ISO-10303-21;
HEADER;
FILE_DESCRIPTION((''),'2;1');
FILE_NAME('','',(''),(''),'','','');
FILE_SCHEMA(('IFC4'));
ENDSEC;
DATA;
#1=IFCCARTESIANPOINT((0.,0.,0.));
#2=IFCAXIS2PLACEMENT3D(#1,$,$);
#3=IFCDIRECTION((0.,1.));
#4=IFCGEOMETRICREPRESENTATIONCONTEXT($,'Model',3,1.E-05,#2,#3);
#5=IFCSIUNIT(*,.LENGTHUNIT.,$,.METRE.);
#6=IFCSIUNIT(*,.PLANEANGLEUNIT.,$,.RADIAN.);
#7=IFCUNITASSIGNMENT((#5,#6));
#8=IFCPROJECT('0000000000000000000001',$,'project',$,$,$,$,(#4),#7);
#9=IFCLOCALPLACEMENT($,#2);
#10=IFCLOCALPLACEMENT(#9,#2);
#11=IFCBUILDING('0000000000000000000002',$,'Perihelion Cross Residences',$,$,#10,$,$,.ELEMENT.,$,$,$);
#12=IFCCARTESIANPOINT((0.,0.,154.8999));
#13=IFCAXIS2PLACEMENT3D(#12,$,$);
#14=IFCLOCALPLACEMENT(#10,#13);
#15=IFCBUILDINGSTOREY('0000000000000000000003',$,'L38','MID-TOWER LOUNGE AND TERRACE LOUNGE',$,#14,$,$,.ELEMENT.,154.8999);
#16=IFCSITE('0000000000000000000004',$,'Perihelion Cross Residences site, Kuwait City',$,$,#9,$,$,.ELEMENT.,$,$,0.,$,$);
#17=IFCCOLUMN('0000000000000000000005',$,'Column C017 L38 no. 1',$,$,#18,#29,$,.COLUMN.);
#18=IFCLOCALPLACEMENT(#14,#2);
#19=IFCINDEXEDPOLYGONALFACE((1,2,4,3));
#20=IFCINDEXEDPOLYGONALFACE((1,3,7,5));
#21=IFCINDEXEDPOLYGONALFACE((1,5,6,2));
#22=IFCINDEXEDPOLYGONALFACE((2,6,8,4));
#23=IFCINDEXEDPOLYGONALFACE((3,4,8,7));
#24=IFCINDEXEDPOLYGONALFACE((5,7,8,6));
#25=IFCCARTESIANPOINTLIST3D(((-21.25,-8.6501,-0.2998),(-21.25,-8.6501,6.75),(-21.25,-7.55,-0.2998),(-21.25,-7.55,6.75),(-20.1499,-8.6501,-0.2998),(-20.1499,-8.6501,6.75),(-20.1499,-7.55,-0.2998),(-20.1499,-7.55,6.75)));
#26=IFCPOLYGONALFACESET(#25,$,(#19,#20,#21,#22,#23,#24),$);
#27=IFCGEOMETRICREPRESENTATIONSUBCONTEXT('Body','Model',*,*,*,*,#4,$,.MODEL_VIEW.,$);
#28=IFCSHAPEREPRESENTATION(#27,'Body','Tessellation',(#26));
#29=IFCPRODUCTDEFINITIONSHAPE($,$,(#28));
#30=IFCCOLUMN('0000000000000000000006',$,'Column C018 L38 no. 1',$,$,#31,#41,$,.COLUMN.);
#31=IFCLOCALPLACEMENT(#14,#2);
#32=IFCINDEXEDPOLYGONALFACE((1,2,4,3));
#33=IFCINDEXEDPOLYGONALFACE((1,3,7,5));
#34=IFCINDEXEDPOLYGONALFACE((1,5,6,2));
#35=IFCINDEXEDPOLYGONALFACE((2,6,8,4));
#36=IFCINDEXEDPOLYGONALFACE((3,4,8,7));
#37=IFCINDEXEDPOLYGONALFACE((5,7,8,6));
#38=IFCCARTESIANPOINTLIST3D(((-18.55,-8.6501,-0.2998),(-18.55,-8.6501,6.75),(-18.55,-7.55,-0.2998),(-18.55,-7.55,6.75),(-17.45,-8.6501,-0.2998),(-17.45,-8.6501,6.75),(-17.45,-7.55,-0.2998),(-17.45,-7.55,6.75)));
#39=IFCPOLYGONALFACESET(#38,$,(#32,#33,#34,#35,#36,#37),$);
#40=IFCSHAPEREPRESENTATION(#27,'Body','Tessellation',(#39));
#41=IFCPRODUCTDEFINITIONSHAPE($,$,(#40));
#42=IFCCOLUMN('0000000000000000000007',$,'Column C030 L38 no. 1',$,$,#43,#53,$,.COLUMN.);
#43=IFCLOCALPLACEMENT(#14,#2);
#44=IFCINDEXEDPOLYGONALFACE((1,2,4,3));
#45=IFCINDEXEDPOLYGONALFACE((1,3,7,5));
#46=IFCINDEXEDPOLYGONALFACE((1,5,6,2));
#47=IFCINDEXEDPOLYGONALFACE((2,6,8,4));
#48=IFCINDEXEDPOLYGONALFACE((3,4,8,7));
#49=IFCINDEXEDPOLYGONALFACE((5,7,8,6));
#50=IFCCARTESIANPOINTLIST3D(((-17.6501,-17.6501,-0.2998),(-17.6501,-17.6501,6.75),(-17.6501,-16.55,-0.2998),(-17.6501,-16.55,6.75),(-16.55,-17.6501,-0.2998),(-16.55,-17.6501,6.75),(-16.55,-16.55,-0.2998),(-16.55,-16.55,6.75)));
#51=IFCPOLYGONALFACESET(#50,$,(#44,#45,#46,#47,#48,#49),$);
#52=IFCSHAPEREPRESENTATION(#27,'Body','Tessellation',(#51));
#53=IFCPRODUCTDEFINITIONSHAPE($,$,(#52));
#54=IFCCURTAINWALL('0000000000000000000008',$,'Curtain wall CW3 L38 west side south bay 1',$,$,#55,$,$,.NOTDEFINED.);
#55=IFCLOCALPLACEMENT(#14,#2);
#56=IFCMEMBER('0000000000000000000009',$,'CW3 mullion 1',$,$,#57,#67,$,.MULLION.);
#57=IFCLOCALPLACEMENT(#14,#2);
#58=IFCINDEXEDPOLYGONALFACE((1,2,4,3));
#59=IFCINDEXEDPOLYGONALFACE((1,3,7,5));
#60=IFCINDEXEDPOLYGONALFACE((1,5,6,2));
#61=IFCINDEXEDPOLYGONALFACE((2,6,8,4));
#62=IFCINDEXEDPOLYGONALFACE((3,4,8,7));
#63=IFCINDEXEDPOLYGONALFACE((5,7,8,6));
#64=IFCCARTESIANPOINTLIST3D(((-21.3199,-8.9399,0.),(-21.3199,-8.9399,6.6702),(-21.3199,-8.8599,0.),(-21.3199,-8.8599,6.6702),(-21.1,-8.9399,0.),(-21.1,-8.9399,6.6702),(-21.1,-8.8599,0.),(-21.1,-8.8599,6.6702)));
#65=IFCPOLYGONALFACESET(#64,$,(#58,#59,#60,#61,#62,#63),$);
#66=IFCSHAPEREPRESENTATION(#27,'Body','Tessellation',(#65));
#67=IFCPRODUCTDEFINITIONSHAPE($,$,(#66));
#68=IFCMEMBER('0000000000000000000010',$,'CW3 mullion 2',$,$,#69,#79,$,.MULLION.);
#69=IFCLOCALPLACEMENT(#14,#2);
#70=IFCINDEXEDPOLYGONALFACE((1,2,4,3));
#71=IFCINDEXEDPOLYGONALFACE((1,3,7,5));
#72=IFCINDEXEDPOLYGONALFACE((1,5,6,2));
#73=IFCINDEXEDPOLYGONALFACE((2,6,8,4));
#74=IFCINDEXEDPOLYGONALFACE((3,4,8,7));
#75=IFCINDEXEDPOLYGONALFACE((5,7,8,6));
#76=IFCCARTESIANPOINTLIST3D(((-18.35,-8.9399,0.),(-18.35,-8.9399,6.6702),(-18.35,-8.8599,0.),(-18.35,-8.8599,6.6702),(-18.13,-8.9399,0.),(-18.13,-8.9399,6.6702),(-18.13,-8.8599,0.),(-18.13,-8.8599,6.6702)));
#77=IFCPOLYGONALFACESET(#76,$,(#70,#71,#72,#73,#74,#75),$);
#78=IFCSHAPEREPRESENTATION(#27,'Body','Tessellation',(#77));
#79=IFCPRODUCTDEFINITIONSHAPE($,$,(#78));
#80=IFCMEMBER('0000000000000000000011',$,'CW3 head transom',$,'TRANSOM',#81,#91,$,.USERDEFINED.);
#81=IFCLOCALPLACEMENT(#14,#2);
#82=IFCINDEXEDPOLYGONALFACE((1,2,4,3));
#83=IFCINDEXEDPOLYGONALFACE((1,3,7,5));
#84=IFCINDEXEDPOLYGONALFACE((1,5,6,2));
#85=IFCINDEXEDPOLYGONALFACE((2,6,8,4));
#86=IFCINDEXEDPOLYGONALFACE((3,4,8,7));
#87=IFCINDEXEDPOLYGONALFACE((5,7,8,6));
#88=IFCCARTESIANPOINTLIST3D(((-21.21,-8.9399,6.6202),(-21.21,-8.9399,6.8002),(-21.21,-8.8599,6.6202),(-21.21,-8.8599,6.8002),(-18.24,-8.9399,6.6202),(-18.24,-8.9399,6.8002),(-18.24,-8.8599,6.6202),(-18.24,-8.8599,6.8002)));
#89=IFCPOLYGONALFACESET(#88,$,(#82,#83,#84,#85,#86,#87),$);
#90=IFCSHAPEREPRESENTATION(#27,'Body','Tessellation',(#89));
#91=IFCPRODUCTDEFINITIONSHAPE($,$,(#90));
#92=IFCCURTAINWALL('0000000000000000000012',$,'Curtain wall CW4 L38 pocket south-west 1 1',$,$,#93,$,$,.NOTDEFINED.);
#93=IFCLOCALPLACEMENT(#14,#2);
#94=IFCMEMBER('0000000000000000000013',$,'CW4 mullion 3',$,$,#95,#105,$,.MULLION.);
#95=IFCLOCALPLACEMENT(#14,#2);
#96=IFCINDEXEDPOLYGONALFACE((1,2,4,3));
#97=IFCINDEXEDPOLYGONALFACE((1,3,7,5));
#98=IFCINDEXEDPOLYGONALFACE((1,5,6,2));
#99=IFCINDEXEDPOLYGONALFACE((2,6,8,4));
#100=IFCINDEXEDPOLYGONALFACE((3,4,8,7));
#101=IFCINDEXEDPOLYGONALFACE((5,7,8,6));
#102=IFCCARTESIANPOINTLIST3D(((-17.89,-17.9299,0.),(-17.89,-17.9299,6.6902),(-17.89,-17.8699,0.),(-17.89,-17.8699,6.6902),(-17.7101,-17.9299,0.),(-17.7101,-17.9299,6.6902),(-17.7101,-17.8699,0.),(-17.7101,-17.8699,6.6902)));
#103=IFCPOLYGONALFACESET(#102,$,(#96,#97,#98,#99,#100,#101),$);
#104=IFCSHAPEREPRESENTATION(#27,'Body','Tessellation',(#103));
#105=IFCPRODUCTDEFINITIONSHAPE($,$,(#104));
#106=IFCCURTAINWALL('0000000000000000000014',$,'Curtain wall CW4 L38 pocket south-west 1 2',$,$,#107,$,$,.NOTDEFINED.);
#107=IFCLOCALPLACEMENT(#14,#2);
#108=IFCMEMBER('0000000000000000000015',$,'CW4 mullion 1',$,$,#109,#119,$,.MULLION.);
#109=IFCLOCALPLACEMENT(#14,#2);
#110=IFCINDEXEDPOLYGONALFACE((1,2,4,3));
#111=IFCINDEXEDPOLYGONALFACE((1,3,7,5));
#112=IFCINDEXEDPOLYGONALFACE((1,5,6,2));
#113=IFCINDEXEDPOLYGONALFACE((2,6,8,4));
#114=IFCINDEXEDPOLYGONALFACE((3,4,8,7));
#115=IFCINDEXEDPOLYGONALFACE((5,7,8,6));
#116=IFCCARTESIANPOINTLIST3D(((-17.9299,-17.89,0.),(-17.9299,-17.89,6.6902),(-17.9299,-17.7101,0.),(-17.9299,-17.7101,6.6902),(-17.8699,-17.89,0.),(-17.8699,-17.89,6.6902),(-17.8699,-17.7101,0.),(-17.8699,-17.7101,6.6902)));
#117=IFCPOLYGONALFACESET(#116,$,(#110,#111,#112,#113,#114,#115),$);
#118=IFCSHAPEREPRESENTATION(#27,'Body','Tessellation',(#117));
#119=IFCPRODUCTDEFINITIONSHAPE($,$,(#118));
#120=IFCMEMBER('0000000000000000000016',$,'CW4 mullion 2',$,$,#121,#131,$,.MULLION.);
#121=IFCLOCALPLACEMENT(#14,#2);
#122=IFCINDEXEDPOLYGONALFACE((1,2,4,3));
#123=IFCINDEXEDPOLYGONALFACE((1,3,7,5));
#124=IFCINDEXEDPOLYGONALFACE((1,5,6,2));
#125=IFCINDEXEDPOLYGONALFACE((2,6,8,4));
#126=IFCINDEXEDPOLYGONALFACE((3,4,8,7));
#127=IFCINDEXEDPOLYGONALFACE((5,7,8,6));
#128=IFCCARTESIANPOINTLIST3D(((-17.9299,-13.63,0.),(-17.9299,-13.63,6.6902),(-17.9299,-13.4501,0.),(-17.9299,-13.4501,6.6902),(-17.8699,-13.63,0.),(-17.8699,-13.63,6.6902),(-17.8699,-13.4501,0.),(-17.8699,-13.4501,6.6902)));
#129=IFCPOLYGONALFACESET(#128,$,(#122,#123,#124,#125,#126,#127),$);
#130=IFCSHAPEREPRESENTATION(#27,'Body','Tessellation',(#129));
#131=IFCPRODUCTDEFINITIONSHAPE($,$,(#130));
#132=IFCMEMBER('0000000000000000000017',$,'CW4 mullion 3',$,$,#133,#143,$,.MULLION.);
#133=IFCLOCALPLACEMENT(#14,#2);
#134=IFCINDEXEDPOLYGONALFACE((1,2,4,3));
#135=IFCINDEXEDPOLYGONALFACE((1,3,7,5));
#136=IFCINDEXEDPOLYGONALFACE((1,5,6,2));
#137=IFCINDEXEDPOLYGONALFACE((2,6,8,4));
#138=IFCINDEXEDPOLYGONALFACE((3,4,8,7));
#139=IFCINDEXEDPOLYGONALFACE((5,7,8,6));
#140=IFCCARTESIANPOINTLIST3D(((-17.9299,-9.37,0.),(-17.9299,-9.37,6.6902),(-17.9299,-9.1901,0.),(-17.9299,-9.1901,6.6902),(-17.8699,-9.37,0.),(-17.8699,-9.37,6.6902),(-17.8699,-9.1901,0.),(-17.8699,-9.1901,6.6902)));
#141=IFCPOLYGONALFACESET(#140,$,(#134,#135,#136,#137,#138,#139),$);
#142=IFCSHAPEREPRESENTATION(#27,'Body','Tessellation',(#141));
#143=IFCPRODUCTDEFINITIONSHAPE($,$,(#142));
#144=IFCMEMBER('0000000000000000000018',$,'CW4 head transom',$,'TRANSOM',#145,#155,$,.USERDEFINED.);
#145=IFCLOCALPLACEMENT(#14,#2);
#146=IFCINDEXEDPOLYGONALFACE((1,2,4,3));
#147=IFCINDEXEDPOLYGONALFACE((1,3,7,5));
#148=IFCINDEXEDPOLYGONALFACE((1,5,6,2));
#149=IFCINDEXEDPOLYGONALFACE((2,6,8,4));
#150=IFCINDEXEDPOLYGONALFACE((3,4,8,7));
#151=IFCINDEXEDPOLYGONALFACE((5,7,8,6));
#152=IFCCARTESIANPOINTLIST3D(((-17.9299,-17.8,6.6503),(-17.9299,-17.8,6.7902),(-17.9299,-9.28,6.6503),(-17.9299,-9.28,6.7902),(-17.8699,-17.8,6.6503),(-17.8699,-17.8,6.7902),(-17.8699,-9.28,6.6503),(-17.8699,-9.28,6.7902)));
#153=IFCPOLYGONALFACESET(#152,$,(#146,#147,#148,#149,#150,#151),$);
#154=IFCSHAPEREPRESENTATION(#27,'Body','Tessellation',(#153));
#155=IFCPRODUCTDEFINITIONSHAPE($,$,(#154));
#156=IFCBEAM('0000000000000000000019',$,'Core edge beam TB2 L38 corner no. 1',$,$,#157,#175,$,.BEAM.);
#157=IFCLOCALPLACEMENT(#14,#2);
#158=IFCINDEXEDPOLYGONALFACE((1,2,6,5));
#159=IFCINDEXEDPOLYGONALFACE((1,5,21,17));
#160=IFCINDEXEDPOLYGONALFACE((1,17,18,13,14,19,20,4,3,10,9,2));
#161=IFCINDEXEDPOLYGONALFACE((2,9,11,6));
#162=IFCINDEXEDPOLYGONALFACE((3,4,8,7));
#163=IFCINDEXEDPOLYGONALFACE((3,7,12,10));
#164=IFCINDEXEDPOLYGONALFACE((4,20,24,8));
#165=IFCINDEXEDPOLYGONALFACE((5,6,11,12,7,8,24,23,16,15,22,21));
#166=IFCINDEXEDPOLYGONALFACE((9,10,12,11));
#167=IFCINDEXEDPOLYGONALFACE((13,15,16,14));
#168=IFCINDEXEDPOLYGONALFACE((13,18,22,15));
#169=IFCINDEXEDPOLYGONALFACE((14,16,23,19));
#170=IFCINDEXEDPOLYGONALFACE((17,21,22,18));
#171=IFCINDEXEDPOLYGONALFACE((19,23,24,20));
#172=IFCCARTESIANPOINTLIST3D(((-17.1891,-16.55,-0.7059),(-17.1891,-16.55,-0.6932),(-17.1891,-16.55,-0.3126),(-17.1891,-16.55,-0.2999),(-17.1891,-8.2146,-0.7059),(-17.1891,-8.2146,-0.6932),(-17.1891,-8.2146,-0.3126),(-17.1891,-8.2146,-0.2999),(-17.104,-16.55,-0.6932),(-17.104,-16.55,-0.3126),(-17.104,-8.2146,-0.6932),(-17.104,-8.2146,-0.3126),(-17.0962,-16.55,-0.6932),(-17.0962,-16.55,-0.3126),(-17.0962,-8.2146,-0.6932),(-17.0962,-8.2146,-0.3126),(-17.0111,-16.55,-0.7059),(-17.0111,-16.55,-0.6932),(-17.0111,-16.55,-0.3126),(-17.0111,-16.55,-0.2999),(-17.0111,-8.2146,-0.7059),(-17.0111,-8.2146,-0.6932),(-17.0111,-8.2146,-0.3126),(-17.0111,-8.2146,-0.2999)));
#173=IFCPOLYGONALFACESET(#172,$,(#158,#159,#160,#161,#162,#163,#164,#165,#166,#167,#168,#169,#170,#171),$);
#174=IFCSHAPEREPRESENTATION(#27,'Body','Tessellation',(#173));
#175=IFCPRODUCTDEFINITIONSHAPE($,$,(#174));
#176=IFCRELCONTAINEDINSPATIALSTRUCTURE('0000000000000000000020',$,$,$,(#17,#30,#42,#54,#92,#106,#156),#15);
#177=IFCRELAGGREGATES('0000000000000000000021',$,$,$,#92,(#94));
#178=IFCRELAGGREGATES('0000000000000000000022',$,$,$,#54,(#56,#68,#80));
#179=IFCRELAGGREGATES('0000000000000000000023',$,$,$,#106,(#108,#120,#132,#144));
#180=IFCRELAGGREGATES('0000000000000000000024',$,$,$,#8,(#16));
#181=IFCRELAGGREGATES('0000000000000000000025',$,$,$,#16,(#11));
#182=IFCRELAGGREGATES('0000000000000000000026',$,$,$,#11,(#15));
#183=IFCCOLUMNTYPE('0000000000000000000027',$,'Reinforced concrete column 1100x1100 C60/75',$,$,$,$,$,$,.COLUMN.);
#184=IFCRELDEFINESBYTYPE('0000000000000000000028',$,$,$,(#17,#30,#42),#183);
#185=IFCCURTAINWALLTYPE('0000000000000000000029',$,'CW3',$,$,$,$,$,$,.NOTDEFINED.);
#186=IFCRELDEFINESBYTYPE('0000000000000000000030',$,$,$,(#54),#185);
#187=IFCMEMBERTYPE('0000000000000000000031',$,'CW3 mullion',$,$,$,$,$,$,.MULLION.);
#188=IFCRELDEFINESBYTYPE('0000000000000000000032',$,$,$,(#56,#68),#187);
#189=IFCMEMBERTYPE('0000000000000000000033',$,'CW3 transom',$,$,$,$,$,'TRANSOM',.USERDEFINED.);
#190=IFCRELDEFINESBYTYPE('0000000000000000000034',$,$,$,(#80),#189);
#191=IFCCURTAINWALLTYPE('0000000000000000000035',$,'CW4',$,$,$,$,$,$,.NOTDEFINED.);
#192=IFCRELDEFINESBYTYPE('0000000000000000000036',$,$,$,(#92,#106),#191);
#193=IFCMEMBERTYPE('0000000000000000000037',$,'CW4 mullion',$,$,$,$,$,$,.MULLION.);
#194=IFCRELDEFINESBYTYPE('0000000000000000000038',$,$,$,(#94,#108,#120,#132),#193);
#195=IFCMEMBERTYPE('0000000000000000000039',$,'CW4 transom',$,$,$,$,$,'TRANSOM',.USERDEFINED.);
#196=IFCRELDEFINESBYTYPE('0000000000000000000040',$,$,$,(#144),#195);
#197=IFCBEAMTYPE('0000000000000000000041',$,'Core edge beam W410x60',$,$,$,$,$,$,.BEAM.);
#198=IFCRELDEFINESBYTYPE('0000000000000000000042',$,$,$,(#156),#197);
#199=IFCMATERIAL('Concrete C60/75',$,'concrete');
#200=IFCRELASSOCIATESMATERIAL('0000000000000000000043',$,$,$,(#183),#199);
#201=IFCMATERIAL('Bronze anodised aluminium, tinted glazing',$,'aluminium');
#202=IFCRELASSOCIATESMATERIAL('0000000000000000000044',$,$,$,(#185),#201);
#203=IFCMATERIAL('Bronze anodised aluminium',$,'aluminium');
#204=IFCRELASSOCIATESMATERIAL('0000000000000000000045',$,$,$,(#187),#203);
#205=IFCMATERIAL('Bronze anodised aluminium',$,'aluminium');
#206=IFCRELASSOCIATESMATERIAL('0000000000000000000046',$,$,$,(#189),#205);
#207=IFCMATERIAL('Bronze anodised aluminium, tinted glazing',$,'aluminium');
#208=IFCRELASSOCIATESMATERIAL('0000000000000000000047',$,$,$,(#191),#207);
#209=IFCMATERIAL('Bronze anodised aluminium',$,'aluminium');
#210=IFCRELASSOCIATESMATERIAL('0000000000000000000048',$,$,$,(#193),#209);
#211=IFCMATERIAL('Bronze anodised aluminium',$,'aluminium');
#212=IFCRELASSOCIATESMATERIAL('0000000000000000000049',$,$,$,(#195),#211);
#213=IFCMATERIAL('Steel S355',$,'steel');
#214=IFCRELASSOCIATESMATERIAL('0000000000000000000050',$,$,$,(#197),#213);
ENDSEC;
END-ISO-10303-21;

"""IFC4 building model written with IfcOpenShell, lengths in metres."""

from ifc_helpers import new_model, si_unit, direction, frame, origin, origin_2d, place, context, subcontext, project, spatial, rectangle, i_section, extrude, material, material_profile, profile_set, type_object, element, aggregate, save


model = new_model("IFC4")

# Units and contexts
model_context = context("Model", 3, precision=1e-05, world=origin(), true_north=direction((0.0, 1.0)))
body_context = subcontext(model_context, "Body", "Model", "MODEL_VIEW")
ifc_project = project(units=[si_unit("LENGTHUNIT", "METRE"), si_unit("PLANEANGLEUNIT", "RADIAN")], contexts=[model_context])

# Site, building, storey
site_placement = place(None, origin())
site = spatial("IfcSite", under=ifc_project, at=site_placement, Name="Perihelion Cross Residences site, Kuwait City", CompositionType="ELEMENT", RefElevation=0.0)
building_placement = place(site_placement, origin())
building = spatial("IfcBuilding", under=site, at=building_placement, Name="Perihelion Cross Residences", CompositionType="ELEMENT")
storey_placement = place(building_placement, frame((0.0, 0.0, 154.8999)))
storey = spatial("IfcBuildingStorey", under=building, at=storey_placement, Name="L38", Description="MID-TOWER LOUNGE AND TERRACE LOUNGE", CompositionType="ELEMENT", Elevation=154.8999)

# Columns
ifc_material_1 = material(Name="Concrete C60/75", Category="concrete")
ifc_material_profile_1 = material_profile(ifc_material_1, rectangle(XDim=1.1001, YDim=1.1001, at=origin_2d()), Name="RC 1100x1100")
ifc_profile_set_1 = profile_set([ifc_material_profile_1], Name="Concrete C60/75")
column_type = type_object("IfcColumnType", Name="Reinforced concrete column 1100x1100 C60/75", PredefinedType="COLUMN", material=ifc_profile_set_1)
for number, where, z_axis, x_axis, name in (
    (1, (-20.7, -8.1001, -0.2998), (0.0, 0.0, 1.0), (1.0, 0.0, 0.0), "Column C017 L38 no. 1"),
    (2, (-18.0, -8.1001, -0.2998), (0.0, 0.0, 1.0), (1.0, 0.0, 0.0), "Column C018 L38 no. 1"),
    (3, (-17.1001, -17.1001, -0.2998), (0.0, 0.0, 1.0), (1.0, 0.0, 0.0), "Column C030 L38 no. 1"),
):
    element("IfcColumn", number, at=place(storey_placement, frame(where, z_axis=z_axis, x_axis=x_axis)), inside=storey, type_object=column_type, Name=name, PredefinedType="COLUMN", context=body_context, shape_type="SweptSolid", body=[
        extrude(rectangle(XDim=1.1001, YDim=1.1001, at=origin_2d()), origin(), (0.0, 0.0, 1.0), 7.0498),
    ])

# Curtain wall, members
ifc_material_2 = material(Name="Bronze anodised aluminium, tinted glazing", Category="aluminium")
curtain_wall_type_1 = type_object("IfcCurtainWallType", Name="CW3", PredefinedType="NOTDEFINED", material=ifc_material_2)
curtain_wall_1_placement = place(storey_placement, origin())
curtain_wall_1 = element("IfcCurtainWall", 4, at=curtain_wall_1_placement, inside=storey, type_object=curtain_wall_type_1, Name="Curtain wall CW3 L38 west side south bay 1", PredefinedType="NOTDEFINED")
ifc_material_3 = material(Name="Bronze anodised aluminium", Category="aluminium")
ifc_material_profile_2 = material_profile(ifc_material_3, rectangle(XDim=0.0801, YDim=0.22, at=origin_2d()), Name="CW3 mullion")
ifc_profile_set_2 = profile_set([ifc_material_profile_2], Name="Bronze anodised aluminium")
member_type_1 = type_object("IfcMemberType", Name="CW3 mullion", PredefinedType="MULLION", material=ifc_profile_set_2)
member_1_placement = place(storey_placement, frame((-21.21, -8.8999, 0.0), z_axis=(0.0, 0.0, 1.0), x_axis=(0.0, 1.0, 0.0)))
member_1 = element("IfcMember", 5, at=member_1_placement, type_object=member_type_1, Name="CW3 mullion 1", PredefinedType="MULLION", context=body_context, shape_type="SweptSolid", body=[
    extrude(rectangle(XDim=0.0801, YDim=0.22, at=origin_2d()), origin(), (0.0, 0.0, 1.0), 6.6702),
])
member_2_placement = place(storey_placement, frame((-18.24, -8.8999, 0.0), z_axis=(0.0, 0.0, 1.0), x_axis=(0.0, 1.0, 0.0)))
member_2 = element("IfcMember", 6, at=member_2_placement, type_object=member_type_1, Name="CW3 mullion 2", PredefinedType="MULLION", context=body_context, shape_type="SweptSolid", body=[
    extrude(rectangle(XDim=0.0801, YDim=0.22, at=origin_2d()), origin(), (0.0, 0.0, 1.0), 6.6702),
])
ifc_material_4 = material(Name="Bronze anodised aluminium", Category="aluminium")
ifc_material_profile_3 = material_profile(ifc_material_4, rectangle(XDim=0.0801, YDim=0.1799, at=origin_2d()), Name="CW3 transom")
ifc_profile_set_3 = profile_set([ifc_material_profile_3], Name="Bronze anodised aluminium")
member_type_2 = type_object("IfcMemberType", Name="CW3 transom", ElementType="TRANSOM", PredefinedType="USERDEFINED", material=ifc_profile_set_3)
member_3_placement = place(storey_placement, frame((-21.21, -8.8999, 6.7102), z_axis=(1.0, 0.0, 0.0), x_axis=(0.0, 1.0, 0.0)))
member_3 = element("IfcMember", 7, at=member_3_placement, type_object=member_type_2, Name="CW3 head transom", ObjectType="TRANSOM", PredefinedType="USERDEFINED", context=body_context, shape_type="SweptSolid", body=[
    extrude(rectangle(XDim=0.0801, YDim=0.1799, at=origin_2d()), origin(), (0.0, 0.0, 1.0), 2.97),
])

# Curtain wall, member
ifc_material_5 = material(Name="Bronze anodised aluminium, tinted glazing", Category="aluminium")
curtain_wall_type_2 = type_object("IfcCurtainWallType", Name="CW4", PredefinedType="NOTDEFINED", material=ifc_material_5)
curtain_wall_2_placement = place(storey_placement, origin())
curtain_wall_2 = element("IfcCurtainWall", 8, at=curtain_wall_2_placement, inside=storey, type_object=curtain_wall_type_2, Name="Curtain wall CW4 L38 pocket south-west 1 1", PredefinedType="NOTDEFINED")
ifc_material_6 = material(Name="Bronze anodised aluminium", Category="aluminium")
ifc_material_profile_4 = material_profile(ifc_material_6, rectangle(XDim=0.0601, YDim=0.1799, at=origin_2d()), Name="CW4 mullion")
ifc_profile_set_4 = profile_set([ifc_material_profile_4], Name="Bronze anodised aluminium")
member_type_3 = type_object("IfcMemberType", Name="CW4 mullion", PredefinedType="MULLION", material=ifc_profile_set_4)
member_4_placement = place(storey_placement, frame((-17.8, -17.8999, 0.0), z_axis=(0.0, 0.0, 1.0), x_axis=(0.0, -1.0, 0.0)))
member_4 = element("IfcMember", 9, at=member_4_placement, type_object=member_type_3, Name="CW4 mullion 3", PredefinedType="MULLION", context=body_context, shape_type="SweptSolid", body=[
    extrude(rectangle(XDim=0.0601, YDim=0.1799, at=origin_2d()), origin(), (0.0, 0.0, 1.0), 6.6902),
])
aggregate(curtain_wall_2, [member_4])

# Curtain wall, members
curtain_wall_3_placement = place(storey_placement, origin())
curtain_wall_3 = element("IfcCurtainWall", 10, at=curtain_wall_3_placement, inside=storey, type_object=curtain_wall_type_2, Name="Curtain wall CW4 L38 pocket south-west 1 2", PredefinedType="NOTDEFINED")
member_5_placement = place(storey_placement, frame((-17.8999, -17.8, 0.0), z_axis=(0.0, 0.0, 1.0), x_axis=(-1.0, 0.0, 0.0)))
member_5 = element("IfcMember", 11, at=member_5_placement, type_object=member_type_3, Name="CW4 mullion 1", PredefinedType="MULLION", context=body_context, shape_type="SweptSolid", body=[
    extrude(rectangle(XDim=0.0601, YDim=0.1799, at=origin_2d()), origin(), (0.0, 0.0, 1.0), 6.6902),
])
member_6_placement = place(storey_placement, frame((-17.8999, -13.54, 0.0), z_axis=(0.0, 0.0, 1.0), x_axis=(-1.0, 0.0, 0.0)))
member_6 = element("IfcMember", 12, at=member_6_placement, type_object=member_type_3, Name="CW4 mullion 2", PredefinedType="MULLION", context=body_context, shape_type="SweptSolid", body=[
    extrude(rectangle(XDim=0.0601, YDim=0.1799, at=origin_2d()), origin(), (0.0, 0.0, 1.0), 6.6902),
])
member_7_placement = place(storey_placement, frame((-17.8999, -9.28, 0.0), z_axis=(0.0, 0.0, 1.0), x_axis=(-1.0, 0.0, 0.0)))
member_7 = element("IfcMember", 13, at=member_7_placement, type_object=member_type_3, Name="CW4 mullion 3", PredefinedType="MULLION", context=body_context, shape_type="SweptSolid", body=[
    extrude(rectangle(XDim=0.0601, YDim=0.1799, at=origin_2d()), origin(), (0.0, 0.0, 1.0), 6.6902),
])
ifc_material_7 = material(Name="Bronze anodised aluminium", Category="aluminium")
ifc_material_profile_5 = material_profile(ifc_material_7, rectangle(XDim=0.0601, YDim=0.1399, at=origin_2d()), Name="CW4 transom")
ifc_profile_set_5 = profile_set([ifc_material_profile_5], Name="Bronze anodised aluminium")
member_type_4 = type_object("IfcMemberType", Name="CW4 transom", ElementType="TRANSOM", PredefinedType="USERDEFINED", material=ifc_profile_set_5)
member_8_placement = place(storey_placement, frame((-17.8999, -17.8, 6.7202), z_axis=(0.0, 1.0, 0.0), x_axis=(-1.0, 0.0, 0.0)))
member_8 = element("IfcMember", 14, at=member_8_placement, type_object=member_type_4, Name="CW4 head transom", ObjectType="TRANSOM", PredefinedType="USERDEFINED", context=body_context, shape_type="SweptSolid", body=[
    extrude(rectangle(XDim=0.0601, YDim=0.1399, at=origin_2d()), origin(), (0.0, 0.0, 1.0), 8.52),
])

# Beam
ifc_material_8 = material(Name="Steel S355", Category="steel")
ifc_material_profile_6 = material_profile(ifc_material_8, i_section(OverallWidth=0.178, OverallDepth=0.406, WebThickness=0.0078, FlangeThickness=0.0127, at=origin_2d()), Name="W410x60")
ifc_profile_set_6 = profile_set([ifc_material_profile_6], Name="Steel S355")
beam_type_1 = type_object("IfcBeamType", Name="Core edge beam W410x60", PredefinedType="BEAM", material=ifc_profile_set_6)
beam_1_placement = place(storey_placement, frame((-17.1001, -8.2146, -0.5029), z_axis=(0.0, -1.0, 0.0), x_axis=(1.0, 0.0, 0.0)))
element("IfcBeam", 15, at=beam_1_placement, inside=storey, type_object=beam_type_1, Name="Core edge beam TB2 L38 corner no. 1", PredefinedType="BEAM", context=body_context, shape_type="SweptSolid", body=[
    extrude(i_section(OverallWidth=0.178, OverallDepth=0.406, WebThickness=0.0078, FlangeThickness=0.0127, at=origin_2d()), origin(), (0.0, 0.0, 1.0), 8.3354),
])

aggregate(curtain_wall_1, [member_1, member_2, member_3])
aggregate(curtain_wall_3, [member_5, member_6, member_7, member_8])

save(model, "model.ifc")
